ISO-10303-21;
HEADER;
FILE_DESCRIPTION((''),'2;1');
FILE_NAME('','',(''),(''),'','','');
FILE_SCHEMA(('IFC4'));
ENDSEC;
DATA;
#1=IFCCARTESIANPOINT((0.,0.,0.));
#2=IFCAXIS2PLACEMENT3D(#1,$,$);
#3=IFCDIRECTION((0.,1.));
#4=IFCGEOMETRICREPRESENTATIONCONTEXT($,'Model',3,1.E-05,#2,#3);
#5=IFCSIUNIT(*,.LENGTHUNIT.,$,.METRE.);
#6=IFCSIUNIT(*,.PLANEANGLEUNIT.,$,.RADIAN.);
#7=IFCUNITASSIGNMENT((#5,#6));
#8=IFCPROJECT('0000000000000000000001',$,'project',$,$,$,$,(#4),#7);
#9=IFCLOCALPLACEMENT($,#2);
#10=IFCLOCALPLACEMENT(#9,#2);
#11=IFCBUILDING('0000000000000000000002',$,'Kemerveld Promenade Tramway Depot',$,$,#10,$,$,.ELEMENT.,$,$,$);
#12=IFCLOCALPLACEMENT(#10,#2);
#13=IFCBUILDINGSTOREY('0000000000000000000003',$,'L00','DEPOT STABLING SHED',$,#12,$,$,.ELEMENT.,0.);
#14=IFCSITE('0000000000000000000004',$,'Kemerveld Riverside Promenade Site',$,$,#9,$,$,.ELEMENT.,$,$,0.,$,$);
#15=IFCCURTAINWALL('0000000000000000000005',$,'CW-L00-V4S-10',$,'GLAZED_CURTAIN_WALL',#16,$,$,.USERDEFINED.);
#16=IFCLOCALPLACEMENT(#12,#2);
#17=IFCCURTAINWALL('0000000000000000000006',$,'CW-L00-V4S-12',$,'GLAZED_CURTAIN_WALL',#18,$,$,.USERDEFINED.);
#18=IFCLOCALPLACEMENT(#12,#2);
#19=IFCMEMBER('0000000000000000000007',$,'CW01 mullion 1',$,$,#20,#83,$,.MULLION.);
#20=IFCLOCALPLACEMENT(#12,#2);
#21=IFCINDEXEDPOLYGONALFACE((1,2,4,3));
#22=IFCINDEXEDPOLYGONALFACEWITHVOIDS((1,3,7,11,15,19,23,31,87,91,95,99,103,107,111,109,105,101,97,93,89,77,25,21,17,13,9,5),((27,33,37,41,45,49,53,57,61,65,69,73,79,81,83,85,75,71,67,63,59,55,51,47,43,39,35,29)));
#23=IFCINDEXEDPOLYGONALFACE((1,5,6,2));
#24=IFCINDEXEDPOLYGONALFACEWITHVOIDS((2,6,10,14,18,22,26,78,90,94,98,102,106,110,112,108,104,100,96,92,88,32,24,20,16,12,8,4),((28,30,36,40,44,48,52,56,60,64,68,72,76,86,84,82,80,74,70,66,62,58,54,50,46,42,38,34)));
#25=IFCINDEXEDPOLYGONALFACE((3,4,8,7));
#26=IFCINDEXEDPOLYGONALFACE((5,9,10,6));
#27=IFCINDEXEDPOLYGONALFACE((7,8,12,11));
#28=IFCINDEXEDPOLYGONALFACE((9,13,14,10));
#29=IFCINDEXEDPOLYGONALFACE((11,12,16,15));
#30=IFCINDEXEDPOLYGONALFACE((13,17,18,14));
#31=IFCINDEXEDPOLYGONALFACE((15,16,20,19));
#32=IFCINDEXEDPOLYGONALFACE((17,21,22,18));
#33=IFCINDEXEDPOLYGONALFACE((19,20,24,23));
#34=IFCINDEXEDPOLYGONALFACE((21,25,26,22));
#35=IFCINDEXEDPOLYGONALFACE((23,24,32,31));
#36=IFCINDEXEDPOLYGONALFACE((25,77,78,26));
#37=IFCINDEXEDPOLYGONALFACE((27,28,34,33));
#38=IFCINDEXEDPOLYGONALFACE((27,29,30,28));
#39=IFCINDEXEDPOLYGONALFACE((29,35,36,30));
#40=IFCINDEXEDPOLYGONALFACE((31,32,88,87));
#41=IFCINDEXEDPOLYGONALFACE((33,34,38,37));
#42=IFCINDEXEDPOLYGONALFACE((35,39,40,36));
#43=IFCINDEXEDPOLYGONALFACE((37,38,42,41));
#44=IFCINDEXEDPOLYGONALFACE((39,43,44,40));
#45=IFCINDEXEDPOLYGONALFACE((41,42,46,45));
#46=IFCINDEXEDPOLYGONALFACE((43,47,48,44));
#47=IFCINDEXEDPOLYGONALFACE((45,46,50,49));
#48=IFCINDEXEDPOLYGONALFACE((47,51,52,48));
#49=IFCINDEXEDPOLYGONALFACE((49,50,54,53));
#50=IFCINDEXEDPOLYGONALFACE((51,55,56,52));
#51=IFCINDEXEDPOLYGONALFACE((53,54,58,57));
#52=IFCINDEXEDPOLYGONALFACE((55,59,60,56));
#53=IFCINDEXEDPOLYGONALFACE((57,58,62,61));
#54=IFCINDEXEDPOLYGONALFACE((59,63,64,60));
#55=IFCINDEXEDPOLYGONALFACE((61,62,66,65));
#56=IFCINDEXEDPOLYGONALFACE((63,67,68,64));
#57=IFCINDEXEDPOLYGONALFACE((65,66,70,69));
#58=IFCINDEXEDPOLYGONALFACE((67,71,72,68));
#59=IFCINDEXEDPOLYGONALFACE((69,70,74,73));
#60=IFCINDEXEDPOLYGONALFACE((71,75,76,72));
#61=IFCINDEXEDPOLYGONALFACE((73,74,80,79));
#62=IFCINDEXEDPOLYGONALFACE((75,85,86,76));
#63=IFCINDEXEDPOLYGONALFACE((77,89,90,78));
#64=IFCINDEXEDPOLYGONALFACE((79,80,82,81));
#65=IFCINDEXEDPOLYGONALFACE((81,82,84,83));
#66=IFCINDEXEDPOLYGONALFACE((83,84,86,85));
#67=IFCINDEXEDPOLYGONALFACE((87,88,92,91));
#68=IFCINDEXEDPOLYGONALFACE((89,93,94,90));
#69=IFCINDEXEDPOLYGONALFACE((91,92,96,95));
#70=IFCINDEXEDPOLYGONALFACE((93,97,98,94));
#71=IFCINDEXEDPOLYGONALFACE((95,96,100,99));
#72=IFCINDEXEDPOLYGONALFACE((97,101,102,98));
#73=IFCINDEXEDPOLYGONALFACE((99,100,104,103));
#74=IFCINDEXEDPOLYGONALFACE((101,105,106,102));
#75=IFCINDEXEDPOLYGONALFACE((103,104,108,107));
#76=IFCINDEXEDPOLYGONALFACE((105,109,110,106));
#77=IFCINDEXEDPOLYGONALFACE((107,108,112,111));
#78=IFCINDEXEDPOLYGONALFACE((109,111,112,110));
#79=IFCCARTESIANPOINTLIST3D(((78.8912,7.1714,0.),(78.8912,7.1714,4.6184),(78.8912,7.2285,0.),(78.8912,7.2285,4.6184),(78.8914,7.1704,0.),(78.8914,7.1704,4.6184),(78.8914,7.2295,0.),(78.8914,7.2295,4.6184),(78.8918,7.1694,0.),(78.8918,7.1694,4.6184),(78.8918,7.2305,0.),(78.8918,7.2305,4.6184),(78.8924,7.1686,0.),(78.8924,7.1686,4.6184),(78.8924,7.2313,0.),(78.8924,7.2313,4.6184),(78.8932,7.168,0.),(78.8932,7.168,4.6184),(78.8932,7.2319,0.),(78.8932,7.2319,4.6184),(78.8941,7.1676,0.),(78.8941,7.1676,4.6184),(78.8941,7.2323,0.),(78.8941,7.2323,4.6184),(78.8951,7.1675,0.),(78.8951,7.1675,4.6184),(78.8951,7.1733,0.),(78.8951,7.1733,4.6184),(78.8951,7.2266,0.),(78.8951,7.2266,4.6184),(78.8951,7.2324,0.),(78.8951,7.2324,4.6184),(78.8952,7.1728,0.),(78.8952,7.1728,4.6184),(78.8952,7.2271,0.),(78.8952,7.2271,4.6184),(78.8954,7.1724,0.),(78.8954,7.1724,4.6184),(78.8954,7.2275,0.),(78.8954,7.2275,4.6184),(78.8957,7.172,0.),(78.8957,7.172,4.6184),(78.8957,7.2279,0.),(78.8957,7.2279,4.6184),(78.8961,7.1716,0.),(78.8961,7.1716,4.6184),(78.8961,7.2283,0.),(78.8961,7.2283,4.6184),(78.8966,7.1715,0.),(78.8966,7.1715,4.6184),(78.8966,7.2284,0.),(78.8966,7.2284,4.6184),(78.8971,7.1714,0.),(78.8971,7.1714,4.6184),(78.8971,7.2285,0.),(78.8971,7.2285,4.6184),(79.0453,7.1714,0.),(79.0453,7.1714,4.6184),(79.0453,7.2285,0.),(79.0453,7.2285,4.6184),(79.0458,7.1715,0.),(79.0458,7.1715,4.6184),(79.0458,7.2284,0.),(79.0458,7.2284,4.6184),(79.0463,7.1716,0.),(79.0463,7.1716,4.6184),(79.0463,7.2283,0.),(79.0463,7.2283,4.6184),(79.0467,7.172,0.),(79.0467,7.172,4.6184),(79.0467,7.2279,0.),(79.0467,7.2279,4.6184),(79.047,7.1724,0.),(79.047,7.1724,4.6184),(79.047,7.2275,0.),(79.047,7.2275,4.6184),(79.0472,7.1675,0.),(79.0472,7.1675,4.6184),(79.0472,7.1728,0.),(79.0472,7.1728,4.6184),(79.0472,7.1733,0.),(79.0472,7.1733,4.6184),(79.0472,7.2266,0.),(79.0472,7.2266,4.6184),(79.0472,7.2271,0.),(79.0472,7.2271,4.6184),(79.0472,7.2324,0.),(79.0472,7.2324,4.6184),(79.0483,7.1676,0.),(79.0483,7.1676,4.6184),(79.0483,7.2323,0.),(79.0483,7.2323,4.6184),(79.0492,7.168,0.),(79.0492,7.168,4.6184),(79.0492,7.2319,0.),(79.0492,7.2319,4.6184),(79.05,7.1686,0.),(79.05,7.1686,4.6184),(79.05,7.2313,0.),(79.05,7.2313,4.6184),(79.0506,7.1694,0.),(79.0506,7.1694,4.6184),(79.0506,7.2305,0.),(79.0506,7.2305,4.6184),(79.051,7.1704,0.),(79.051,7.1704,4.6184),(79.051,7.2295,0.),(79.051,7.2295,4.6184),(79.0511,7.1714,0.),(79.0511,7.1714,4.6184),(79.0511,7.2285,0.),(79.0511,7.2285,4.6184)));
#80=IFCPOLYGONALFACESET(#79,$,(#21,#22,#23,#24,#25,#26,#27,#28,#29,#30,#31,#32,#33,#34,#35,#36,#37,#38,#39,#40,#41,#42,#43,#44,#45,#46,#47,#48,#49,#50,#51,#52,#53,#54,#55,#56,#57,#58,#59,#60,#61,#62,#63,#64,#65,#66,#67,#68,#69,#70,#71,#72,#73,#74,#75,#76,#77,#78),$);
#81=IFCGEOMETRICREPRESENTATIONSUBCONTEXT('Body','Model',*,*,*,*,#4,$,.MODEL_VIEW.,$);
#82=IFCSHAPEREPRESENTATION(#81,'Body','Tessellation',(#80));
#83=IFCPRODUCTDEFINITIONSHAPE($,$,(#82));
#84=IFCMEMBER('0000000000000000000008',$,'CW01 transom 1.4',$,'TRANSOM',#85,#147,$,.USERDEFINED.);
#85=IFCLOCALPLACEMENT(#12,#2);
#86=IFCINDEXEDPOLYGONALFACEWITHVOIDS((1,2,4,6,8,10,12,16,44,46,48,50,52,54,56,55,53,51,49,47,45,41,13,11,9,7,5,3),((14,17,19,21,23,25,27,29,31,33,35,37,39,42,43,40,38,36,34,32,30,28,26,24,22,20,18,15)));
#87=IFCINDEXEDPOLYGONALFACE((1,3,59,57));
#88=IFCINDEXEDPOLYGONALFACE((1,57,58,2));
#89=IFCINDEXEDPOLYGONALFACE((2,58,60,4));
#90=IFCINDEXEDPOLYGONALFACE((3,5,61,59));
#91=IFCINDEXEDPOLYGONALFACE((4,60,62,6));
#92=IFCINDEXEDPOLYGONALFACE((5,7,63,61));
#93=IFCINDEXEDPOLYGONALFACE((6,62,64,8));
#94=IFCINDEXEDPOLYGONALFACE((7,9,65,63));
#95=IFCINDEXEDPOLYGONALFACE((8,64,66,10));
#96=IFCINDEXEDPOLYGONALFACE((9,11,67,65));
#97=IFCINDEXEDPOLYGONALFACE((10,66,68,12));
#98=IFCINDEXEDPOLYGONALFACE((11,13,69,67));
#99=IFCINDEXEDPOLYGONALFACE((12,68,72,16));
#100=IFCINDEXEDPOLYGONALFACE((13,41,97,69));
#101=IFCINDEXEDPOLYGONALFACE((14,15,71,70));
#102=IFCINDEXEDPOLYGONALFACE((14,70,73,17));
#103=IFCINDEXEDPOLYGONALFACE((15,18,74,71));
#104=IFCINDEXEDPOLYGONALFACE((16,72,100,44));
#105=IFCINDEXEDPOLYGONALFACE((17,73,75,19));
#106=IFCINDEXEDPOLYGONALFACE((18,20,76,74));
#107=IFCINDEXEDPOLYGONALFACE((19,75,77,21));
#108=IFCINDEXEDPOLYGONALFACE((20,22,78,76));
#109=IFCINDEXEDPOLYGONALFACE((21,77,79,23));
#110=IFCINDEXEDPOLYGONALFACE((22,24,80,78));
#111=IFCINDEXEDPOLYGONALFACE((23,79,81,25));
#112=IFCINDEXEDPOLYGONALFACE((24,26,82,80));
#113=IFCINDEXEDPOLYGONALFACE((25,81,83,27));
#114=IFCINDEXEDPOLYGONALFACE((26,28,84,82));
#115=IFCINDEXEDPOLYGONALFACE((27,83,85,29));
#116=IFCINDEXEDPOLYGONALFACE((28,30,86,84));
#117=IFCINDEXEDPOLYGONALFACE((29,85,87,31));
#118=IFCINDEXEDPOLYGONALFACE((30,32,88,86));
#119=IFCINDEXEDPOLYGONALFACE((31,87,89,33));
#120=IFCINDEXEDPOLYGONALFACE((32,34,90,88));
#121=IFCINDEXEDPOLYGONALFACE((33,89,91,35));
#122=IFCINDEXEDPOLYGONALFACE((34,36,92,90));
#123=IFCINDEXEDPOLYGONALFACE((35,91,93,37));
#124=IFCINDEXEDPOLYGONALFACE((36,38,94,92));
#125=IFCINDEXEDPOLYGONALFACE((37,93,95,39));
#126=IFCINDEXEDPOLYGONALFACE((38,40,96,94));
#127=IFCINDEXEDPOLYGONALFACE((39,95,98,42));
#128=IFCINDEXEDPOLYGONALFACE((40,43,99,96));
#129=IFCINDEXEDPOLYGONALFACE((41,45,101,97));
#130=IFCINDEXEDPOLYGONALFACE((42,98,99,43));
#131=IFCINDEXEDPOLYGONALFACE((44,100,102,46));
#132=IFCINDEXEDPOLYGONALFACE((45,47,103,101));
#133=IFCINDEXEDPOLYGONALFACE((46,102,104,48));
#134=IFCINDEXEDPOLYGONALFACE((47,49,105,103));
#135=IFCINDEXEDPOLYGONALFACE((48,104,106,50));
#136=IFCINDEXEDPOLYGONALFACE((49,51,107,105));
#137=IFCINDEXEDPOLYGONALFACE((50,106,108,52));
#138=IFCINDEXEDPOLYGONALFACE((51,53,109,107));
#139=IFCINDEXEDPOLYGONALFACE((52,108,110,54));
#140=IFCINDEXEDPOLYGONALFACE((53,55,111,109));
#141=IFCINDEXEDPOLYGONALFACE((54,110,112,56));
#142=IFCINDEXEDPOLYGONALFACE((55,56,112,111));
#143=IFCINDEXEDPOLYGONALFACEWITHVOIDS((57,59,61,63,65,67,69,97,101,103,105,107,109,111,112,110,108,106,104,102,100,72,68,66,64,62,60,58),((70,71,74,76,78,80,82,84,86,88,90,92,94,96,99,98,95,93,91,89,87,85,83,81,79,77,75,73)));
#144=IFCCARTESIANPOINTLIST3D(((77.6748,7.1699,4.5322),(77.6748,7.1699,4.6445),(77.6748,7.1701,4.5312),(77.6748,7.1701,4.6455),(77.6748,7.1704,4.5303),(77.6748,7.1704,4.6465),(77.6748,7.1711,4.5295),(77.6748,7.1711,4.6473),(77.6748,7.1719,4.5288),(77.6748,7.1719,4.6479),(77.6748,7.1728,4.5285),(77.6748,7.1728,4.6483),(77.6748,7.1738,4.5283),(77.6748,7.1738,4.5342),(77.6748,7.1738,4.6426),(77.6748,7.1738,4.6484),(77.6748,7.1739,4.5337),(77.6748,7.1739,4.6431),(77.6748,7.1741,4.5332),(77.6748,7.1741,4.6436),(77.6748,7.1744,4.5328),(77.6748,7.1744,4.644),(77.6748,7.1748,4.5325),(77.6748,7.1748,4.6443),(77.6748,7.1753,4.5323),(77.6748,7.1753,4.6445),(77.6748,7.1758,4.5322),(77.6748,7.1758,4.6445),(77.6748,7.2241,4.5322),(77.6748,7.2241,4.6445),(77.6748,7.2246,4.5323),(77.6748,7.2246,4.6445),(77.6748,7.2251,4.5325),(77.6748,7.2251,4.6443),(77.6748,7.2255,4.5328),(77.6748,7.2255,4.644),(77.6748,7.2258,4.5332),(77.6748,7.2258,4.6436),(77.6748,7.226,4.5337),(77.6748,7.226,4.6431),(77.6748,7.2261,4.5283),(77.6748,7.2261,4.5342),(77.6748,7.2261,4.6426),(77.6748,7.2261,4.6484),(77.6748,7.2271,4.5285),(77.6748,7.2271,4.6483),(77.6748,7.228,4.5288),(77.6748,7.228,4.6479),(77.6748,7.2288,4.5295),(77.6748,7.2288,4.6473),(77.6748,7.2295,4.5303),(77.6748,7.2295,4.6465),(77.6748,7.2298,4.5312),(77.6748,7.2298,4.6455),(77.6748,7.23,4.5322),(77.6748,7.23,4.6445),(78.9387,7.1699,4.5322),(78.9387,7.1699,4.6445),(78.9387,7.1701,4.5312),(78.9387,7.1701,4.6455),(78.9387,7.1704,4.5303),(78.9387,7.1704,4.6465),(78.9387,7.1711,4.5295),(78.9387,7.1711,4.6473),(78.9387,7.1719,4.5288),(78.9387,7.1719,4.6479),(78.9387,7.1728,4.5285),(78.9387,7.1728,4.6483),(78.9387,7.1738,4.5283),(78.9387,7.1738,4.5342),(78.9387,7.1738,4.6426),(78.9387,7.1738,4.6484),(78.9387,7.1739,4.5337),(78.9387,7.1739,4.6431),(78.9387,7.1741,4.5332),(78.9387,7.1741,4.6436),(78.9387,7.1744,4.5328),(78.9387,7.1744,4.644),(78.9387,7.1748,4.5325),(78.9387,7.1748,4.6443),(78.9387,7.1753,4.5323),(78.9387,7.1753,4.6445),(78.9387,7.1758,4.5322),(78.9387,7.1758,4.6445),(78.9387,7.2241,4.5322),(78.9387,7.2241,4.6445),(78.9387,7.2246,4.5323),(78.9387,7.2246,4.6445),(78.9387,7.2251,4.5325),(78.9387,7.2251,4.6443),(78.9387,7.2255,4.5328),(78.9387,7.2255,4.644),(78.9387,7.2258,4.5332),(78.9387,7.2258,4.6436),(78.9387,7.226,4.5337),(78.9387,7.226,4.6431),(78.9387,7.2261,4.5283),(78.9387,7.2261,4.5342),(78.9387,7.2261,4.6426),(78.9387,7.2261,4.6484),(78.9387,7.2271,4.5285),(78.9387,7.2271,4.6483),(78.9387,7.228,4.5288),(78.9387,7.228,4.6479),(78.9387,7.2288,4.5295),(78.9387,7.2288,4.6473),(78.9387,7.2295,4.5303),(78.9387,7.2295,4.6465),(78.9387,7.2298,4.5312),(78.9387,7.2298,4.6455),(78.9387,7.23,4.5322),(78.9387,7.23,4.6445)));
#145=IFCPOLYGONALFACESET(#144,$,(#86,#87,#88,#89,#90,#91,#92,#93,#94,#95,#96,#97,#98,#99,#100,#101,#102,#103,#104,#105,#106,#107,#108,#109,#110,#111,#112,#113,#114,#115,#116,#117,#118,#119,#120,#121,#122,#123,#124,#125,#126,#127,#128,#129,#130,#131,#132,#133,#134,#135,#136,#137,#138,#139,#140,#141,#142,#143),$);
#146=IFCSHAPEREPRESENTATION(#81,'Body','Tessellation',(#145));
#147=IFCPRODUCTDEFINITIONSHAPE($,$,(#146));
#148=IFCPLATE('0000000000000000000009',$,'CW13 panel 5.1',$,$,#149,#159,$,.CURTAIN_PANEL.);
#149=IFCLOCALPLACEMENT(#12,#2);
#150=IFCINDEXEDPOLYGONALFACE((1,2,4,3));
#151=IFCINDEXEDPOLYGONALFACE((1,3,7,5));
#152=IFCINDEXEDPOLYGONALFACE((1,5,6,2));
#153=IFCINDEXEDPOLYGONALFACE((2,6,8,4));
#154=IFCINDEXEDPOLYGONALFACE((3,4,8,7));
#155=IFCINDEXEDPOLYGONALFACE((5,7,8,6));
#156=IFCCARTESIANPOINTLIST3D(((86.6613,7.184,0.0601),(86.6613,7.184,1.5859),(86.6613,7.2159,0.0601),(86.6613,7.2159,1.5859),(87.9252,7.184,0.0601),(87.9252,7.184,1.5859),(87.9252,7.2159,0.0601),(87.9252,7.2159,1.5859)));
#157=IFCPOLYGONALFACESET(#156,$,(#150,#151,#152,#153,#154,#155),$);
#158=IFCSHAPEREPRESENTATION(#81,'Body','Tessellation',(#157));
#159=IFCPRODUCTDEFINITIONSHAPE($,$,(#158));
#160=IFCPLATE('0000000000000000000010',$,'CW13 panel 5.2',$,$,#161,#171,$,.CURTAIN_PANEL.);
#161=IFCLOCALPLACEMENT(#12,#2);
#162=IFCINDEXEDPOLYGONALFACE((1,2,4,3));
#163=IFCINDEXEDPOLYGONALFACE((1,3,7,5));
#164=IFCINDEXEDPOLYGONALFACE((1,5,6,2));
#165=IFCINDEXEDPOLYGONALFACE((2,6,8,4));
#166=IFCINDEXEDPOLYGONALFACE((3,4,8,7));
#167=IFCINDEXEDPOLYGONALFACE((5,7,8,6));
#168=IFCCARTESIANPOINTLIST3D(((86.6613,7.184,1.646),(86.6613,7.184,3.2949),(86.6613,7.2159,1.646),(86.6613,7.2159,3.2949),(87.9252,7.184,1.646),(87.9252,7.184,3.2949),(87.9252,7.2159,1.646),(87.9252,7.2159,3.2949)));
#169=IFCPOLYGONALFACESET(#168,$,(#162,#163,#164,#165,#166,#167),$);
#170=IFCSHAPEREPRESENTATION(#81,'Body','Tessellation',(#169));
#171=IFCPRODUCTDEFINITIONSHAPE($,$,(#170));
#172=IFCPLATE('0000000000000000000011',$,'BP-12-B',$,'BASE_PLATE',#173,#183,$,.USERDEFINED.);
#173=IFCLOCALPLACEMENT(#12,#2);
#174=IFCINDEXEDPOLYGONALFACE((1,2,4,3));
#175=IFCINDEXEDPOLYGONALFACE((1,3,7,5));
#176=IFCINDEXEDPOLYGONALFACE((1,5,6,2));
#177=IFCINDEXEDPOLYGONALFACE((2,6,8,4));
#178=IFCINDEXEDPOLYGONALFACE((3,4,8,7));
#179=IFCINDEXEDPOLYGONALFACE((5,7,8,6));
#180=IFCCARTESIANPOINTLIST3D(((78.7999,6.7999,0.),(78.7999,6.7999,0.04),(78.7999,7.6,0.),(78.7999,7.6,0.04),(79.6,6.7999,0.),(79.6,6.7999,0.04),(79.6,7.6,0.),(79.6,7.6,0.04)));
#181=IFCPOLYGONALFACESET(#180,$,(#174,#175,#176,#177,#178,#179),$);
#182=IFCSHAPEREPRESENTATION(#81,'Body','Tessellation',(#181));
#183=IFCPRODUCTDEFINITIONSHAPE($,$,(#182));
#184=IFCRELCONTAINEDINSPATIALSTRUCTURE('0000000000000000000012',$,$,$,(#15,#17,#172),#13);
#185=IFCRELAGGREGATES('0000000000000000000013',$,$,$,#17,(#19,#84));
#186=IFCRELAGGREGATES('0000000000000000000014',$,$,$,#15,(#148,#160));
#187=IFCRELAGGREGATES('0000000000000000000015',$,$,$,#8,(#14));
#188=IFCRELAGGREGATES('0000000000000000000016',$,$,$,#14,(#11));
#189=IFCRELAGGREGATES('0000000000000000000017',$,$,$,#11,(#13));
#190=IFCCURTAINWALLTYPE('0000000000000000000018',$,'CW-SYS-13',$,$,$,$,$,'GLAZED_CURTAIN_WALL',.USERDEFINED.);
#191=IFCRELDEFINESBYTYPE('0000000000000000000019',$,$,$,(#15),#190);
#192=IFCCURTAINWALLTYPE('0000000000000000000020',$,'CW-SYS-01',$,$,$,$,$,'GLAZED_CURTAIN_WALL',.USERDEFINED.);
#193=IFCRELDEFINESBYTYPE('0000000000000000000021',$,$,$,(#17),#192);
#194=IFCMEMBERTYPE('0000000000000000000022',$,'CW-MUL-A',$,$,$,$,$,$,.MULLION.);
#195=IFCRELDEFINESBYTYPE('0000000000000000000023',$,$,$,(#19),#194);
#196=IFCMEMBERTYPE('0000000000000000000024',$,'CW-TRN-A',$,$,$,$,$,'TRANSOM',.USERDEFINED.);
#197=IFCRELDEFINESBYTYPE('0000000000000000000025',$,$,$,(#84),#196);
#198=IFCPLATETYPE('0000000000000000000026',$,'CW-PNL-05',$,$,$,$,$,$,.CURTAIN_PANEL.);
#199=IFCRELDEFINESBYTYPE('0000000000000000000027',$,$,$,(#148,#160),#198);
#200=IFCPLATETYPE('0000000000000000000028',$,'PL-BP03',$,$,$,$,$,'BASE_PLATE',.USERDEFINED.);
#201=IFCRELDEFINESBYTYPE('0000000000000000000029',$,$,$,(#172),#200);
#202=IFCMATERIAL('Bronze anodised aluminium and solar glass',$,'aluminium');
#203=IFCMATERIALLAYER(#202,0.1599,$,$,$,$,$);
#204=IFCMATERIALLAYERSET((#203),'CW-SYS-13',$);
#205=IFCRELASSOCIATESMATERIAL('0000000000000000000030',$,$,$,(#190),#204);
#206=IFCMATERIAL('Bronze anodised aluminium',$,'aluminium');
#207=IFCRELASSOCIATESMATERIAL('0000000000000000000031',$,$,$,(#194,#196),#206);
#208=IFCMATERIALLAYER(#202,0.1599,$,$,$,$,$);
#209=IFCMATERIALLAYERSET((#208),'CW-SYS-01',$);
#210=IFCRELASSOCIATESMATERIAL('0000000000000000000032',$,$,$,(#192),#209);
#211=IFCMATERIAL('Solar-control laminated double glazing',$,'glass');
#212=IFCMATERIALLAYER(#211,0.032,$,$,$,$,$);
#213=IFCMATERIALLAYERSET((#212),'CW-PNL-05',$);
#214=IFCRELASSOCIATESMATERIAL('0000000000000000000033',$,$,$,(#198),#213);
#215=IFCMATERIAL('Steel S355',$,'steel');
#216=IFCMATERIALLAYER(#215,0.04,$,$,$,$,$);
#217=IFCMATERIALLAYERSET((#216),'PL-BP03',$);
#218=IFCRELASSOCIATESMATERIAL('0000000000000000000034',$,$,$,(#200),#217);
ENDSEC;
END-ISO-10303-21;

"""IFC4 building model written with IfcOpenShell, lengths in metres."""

from ifc_helpers import new_model, si_unit, direction, frame, origin, origin_2d, place, context, subcontext, project, spatial, rectangle, hollow_rectangle, extrude, material, layer, layer_set, material_profile, profile_set, type_object, element, aggregate, save


model = new_model("IFC4")

# Units and contexts
model_context = context("Model", 3, precision=1e-05, world=origin(), true_north=direction((0.0, 1.0)))
body_context = subcontext(model_context, "Body", "Model", "MODEL_VIEW")
ifc_project = project(units=[si_unit("LENGTHUNIT", "METRE"), si_unit("PLANEANGLEUNIT", "RADIAN")], contexts=[model_context])

# Site, building, storey
site_placement = place(None, origin())
site = spatial("IfcSite", under=ifc_project, at=site_placement, Name="Kemerveld Riverside Promenade Site", CompositionType="ELEMENT", RefElevation=0.0)
building_placement = place(site_placement, origin())
building = spatial("IfcBuilding", under=site, at=building_placement, Name="Kemerveld Promenade Tramway Depot", CompositionType="ELEMENT")
storey_placement = place(building_placement, origin())
storey = spatial("IfcBuildingStorey", under=building, at=storey_placement, Name="L00", Description="DEPOT STABLING SHED", CompositionType="ELEMENT", Elevation=0.0)

# Shared definitions
ifc_material_1 = material(Name="Steel S355", Category="steel")

# Curtain wall
ifc_material_2 = material(Name="Bronze anodised aluminium and solar glass", Category="aluminium")
ifc_layer_1 = layer(ifc_material_2, 0.1599)
ifc_layer_set_1 = layer_set([ifc_layer_1], Name="CW-SYS-13")
curtain_wall_type_1 = type_object("IfcCurtainWallType", Name="CW-SYS-13", ElementType="GLAZED_CURTAIN_WALL", PredefinedType="USERDEFINED", material=ifc_layer_set_1)
curtain_wall_1_placement = place(storey_placement, origin())
curtain_wall_1 = element("IfcCurtainWall", 1, at=curtain_wall_1_placement, inside=storey, type_object=curtain_wall_type_1, Name="CW-L00-V4S-10", ObjectType="GLAZED_CURTAIN_WALL", PredefinedType="USERDEFINED")
ifc_material_3 = material(Name="Bronze anodised aluminium", Category="aluminium")
ifc_material_profile_1 = material_profile(ifc_material_3, hollow_rectangle(XDim=0.0649, YDim=0.1599, WallThickness=0.0039, InnerFilletRadius=0.002, OuterFilletRadius=0.0039, at=origin_2d()), Name="CW-MUL-160x65")
ifc_profile_set_1 = profile_set([ifc_material_profile_1], Name="Bronze anodised aluminium")
member_type_1 = type_object("IfcMemberType", Name="CW-MUL-A", PredefinedType="MULLION", material=ifc_profile_set_1)

# Curtain wall, members
ifc_layer_2 = layer(ifc_material_2, 0.1599)
ifc_layer_set_2 = layer_set([ifc_layer_2], Name="CW-SYS-01")
curtain_wall_type_2 = type_object("IfcCurtainWallType", Name="CW-SYS-01", ElementType="GLAZED_CURTAIN_WALL", PredefinedType="USERDEFINED", material=ifc_layer_set_2)
curtain_wall_2_placement = place(storey_placement, origin())
curtain_wall_2 = element("IfcCurtainWall", 2, at=curtain_wall_2_placement, inside=storey, type_object=curtain_wall_type_2, Name="CW-L00-V4S-12", ObjectType="GLAZED_CURTAIN_WALL", PredefinedType="USERDEFINED")
member_1_placement = place(storey_placement, frame((78.9712, 7.2, 0.0), z_axis=(0.0, 0.0, 1.0), x_axis=(0.0, -1.0, 0.0)))
member_1 = element("IfcMember", 3, at=member_1_placement, type_object=member_type_1, Name="CW01 mullion 1", PredefinedType="MULLION", context=body_context, shape_type="SweptSolid", body=[
    extrude(hollow_rectangle(XDim=0.0649, YDim=0.1599, WallThickness=0.0039, InnerFilletRadius=0.002, OuterFilletRadius=0.0039, at=origin_2d()), origin(), (0.0, 0.0, 1.0), 4.6184),
])
ifc_material_profile_2 = material_profile(ifc_material_3, hollow_rectangle(XDim=0.0601, YDim=0.1201, WallThickness=0.0039, InnerFilletRadius=0.002, OuterFilletRadius=0.0039, at=origin_2d()), Name="CW-TRN-120x60")
ifc_profile_set_2 = profile_set([ifc_material_profile_2], Name="Bronze anodised aluminium")
member_type_2 = type_object("IfcMemberType", Name="CW-TRN-A", ElementType="TRANSOM", PredefinedType="USERDEFINED", material=ifc_profile_set_2)
member_2_placement = place(storey_placement, frame((78.9387, 7.2, 4.5884), z_axis=(-1.0, 0.0, 0.0), x_axis=(0.0, -1.0, 0.0)))
member_2 = element("IfcMember", 4, at=member_2_placement, type_object=member_type_2, Name="CW01 transom 1.4", ObjectType="TRANSOM", PredefinedType="USERDEFINED", context=body_context, shape_type="SweptSolid", body=[
    extrude(hollow_rectangle(XDim=0.0601, YDim=0.1201, WallThickness=0.0039, InnerFilletRadius=0.002, OuterFilletRadius=0.0039, at=origin_2d()), origin(), (0.0, 0.0, 1.0), 1.2639),
])
aggregate(curtain_wall_2, [member_1, member_2])

# Plates
ifc_material_4 = material(Name="Solar-control laminated double glazing", Category="glass")
ifc_layer_3 = layer(ifc_material_4, 0.032)
ifc_layer_set_3 = layer_set([ifc_layer_3], Name="CW-PNL-05")
plate_type_1 = type_object("IfcPlateType", Name="CW-PNL-05", PredefinedType="CURTAIN_PANEL", material=ifc_layer_set_3)
plate_1_placement = place(storey_placement, frame((87.2932, 7.2, 0.0601), z_axis=(0.0, 0.0, 1.0), x_axis=(-1.0, 0.0, 0.0)))
plate_1 = element("IfcPlate", 5, at=plate_1_placement, type_object=plate_type_1, Name="CW13 panel 5.1", PredefinedType="CURTAIN_PANEL", context=body_context, shape_type="SweptSolid", body=[
    extrude(rectangle(XDim=1.2639, YDim=0.032, at=origin_2d()), origin(), (0.0, 0.0, 1.0), 1.5259),
])
plate_2_placement = place(storey_placement, frame((87.2932, 7.2, 1.646), z_axis=(0.0, 0.0, 1.0), x_axis=(-1.0, 0.0, 0.0)))
plate_2 = element("IfcPlate", 6, at=plate_2_placement, type_object=plate_type_1, Name="CW13 panel 5.2", PredefinedType="CURTAIN_PANEL", context=body_context, shape_type="SweptSolid", body=[
    extrude(rectangle(XDim=1.2639, YDim=0.032, at=origin_2d()), origin(), (0.0, 0.0, 1.0), 1.6489),
])
aggregate(curtain_wall_1, [plate_1, plate_2])
ifc_layer_4 = layer(ifc_material_1, 0.04)
ifc_layer_set_4 = layer_set([ifc_layer_4], Name="PL-BP03")
plate_type_2 = type_object("IfcPlateType", Name="PL-BP03", ElementType="BASE_PLATE", PredefinedType="USERDEFINED", material=ifc_layer_set_4)
plate_3_placement = place(storey_placement, frame((79.2, 7.2, 0.0), z_axis=(0.0, 0.0, 1.0), x_axis=(1.0, 0.0, 0.0)))
element("IfcPlate", 7, at=plate_3_placement, inside=storey, type_object=plate_type_2, Name="BP-12-B", ObjectType="BASE_PLATE", PredefinedType="USERDEFINED", context=body_context, shape_type="SweptSolid", body=[
    extrude(rectangle(XDim=0.8, YDim=0.8, at=origin_2d()), origin(), (0.0, 0.0, 1.0), 0.04),
])

save(model, "model.ifc")
